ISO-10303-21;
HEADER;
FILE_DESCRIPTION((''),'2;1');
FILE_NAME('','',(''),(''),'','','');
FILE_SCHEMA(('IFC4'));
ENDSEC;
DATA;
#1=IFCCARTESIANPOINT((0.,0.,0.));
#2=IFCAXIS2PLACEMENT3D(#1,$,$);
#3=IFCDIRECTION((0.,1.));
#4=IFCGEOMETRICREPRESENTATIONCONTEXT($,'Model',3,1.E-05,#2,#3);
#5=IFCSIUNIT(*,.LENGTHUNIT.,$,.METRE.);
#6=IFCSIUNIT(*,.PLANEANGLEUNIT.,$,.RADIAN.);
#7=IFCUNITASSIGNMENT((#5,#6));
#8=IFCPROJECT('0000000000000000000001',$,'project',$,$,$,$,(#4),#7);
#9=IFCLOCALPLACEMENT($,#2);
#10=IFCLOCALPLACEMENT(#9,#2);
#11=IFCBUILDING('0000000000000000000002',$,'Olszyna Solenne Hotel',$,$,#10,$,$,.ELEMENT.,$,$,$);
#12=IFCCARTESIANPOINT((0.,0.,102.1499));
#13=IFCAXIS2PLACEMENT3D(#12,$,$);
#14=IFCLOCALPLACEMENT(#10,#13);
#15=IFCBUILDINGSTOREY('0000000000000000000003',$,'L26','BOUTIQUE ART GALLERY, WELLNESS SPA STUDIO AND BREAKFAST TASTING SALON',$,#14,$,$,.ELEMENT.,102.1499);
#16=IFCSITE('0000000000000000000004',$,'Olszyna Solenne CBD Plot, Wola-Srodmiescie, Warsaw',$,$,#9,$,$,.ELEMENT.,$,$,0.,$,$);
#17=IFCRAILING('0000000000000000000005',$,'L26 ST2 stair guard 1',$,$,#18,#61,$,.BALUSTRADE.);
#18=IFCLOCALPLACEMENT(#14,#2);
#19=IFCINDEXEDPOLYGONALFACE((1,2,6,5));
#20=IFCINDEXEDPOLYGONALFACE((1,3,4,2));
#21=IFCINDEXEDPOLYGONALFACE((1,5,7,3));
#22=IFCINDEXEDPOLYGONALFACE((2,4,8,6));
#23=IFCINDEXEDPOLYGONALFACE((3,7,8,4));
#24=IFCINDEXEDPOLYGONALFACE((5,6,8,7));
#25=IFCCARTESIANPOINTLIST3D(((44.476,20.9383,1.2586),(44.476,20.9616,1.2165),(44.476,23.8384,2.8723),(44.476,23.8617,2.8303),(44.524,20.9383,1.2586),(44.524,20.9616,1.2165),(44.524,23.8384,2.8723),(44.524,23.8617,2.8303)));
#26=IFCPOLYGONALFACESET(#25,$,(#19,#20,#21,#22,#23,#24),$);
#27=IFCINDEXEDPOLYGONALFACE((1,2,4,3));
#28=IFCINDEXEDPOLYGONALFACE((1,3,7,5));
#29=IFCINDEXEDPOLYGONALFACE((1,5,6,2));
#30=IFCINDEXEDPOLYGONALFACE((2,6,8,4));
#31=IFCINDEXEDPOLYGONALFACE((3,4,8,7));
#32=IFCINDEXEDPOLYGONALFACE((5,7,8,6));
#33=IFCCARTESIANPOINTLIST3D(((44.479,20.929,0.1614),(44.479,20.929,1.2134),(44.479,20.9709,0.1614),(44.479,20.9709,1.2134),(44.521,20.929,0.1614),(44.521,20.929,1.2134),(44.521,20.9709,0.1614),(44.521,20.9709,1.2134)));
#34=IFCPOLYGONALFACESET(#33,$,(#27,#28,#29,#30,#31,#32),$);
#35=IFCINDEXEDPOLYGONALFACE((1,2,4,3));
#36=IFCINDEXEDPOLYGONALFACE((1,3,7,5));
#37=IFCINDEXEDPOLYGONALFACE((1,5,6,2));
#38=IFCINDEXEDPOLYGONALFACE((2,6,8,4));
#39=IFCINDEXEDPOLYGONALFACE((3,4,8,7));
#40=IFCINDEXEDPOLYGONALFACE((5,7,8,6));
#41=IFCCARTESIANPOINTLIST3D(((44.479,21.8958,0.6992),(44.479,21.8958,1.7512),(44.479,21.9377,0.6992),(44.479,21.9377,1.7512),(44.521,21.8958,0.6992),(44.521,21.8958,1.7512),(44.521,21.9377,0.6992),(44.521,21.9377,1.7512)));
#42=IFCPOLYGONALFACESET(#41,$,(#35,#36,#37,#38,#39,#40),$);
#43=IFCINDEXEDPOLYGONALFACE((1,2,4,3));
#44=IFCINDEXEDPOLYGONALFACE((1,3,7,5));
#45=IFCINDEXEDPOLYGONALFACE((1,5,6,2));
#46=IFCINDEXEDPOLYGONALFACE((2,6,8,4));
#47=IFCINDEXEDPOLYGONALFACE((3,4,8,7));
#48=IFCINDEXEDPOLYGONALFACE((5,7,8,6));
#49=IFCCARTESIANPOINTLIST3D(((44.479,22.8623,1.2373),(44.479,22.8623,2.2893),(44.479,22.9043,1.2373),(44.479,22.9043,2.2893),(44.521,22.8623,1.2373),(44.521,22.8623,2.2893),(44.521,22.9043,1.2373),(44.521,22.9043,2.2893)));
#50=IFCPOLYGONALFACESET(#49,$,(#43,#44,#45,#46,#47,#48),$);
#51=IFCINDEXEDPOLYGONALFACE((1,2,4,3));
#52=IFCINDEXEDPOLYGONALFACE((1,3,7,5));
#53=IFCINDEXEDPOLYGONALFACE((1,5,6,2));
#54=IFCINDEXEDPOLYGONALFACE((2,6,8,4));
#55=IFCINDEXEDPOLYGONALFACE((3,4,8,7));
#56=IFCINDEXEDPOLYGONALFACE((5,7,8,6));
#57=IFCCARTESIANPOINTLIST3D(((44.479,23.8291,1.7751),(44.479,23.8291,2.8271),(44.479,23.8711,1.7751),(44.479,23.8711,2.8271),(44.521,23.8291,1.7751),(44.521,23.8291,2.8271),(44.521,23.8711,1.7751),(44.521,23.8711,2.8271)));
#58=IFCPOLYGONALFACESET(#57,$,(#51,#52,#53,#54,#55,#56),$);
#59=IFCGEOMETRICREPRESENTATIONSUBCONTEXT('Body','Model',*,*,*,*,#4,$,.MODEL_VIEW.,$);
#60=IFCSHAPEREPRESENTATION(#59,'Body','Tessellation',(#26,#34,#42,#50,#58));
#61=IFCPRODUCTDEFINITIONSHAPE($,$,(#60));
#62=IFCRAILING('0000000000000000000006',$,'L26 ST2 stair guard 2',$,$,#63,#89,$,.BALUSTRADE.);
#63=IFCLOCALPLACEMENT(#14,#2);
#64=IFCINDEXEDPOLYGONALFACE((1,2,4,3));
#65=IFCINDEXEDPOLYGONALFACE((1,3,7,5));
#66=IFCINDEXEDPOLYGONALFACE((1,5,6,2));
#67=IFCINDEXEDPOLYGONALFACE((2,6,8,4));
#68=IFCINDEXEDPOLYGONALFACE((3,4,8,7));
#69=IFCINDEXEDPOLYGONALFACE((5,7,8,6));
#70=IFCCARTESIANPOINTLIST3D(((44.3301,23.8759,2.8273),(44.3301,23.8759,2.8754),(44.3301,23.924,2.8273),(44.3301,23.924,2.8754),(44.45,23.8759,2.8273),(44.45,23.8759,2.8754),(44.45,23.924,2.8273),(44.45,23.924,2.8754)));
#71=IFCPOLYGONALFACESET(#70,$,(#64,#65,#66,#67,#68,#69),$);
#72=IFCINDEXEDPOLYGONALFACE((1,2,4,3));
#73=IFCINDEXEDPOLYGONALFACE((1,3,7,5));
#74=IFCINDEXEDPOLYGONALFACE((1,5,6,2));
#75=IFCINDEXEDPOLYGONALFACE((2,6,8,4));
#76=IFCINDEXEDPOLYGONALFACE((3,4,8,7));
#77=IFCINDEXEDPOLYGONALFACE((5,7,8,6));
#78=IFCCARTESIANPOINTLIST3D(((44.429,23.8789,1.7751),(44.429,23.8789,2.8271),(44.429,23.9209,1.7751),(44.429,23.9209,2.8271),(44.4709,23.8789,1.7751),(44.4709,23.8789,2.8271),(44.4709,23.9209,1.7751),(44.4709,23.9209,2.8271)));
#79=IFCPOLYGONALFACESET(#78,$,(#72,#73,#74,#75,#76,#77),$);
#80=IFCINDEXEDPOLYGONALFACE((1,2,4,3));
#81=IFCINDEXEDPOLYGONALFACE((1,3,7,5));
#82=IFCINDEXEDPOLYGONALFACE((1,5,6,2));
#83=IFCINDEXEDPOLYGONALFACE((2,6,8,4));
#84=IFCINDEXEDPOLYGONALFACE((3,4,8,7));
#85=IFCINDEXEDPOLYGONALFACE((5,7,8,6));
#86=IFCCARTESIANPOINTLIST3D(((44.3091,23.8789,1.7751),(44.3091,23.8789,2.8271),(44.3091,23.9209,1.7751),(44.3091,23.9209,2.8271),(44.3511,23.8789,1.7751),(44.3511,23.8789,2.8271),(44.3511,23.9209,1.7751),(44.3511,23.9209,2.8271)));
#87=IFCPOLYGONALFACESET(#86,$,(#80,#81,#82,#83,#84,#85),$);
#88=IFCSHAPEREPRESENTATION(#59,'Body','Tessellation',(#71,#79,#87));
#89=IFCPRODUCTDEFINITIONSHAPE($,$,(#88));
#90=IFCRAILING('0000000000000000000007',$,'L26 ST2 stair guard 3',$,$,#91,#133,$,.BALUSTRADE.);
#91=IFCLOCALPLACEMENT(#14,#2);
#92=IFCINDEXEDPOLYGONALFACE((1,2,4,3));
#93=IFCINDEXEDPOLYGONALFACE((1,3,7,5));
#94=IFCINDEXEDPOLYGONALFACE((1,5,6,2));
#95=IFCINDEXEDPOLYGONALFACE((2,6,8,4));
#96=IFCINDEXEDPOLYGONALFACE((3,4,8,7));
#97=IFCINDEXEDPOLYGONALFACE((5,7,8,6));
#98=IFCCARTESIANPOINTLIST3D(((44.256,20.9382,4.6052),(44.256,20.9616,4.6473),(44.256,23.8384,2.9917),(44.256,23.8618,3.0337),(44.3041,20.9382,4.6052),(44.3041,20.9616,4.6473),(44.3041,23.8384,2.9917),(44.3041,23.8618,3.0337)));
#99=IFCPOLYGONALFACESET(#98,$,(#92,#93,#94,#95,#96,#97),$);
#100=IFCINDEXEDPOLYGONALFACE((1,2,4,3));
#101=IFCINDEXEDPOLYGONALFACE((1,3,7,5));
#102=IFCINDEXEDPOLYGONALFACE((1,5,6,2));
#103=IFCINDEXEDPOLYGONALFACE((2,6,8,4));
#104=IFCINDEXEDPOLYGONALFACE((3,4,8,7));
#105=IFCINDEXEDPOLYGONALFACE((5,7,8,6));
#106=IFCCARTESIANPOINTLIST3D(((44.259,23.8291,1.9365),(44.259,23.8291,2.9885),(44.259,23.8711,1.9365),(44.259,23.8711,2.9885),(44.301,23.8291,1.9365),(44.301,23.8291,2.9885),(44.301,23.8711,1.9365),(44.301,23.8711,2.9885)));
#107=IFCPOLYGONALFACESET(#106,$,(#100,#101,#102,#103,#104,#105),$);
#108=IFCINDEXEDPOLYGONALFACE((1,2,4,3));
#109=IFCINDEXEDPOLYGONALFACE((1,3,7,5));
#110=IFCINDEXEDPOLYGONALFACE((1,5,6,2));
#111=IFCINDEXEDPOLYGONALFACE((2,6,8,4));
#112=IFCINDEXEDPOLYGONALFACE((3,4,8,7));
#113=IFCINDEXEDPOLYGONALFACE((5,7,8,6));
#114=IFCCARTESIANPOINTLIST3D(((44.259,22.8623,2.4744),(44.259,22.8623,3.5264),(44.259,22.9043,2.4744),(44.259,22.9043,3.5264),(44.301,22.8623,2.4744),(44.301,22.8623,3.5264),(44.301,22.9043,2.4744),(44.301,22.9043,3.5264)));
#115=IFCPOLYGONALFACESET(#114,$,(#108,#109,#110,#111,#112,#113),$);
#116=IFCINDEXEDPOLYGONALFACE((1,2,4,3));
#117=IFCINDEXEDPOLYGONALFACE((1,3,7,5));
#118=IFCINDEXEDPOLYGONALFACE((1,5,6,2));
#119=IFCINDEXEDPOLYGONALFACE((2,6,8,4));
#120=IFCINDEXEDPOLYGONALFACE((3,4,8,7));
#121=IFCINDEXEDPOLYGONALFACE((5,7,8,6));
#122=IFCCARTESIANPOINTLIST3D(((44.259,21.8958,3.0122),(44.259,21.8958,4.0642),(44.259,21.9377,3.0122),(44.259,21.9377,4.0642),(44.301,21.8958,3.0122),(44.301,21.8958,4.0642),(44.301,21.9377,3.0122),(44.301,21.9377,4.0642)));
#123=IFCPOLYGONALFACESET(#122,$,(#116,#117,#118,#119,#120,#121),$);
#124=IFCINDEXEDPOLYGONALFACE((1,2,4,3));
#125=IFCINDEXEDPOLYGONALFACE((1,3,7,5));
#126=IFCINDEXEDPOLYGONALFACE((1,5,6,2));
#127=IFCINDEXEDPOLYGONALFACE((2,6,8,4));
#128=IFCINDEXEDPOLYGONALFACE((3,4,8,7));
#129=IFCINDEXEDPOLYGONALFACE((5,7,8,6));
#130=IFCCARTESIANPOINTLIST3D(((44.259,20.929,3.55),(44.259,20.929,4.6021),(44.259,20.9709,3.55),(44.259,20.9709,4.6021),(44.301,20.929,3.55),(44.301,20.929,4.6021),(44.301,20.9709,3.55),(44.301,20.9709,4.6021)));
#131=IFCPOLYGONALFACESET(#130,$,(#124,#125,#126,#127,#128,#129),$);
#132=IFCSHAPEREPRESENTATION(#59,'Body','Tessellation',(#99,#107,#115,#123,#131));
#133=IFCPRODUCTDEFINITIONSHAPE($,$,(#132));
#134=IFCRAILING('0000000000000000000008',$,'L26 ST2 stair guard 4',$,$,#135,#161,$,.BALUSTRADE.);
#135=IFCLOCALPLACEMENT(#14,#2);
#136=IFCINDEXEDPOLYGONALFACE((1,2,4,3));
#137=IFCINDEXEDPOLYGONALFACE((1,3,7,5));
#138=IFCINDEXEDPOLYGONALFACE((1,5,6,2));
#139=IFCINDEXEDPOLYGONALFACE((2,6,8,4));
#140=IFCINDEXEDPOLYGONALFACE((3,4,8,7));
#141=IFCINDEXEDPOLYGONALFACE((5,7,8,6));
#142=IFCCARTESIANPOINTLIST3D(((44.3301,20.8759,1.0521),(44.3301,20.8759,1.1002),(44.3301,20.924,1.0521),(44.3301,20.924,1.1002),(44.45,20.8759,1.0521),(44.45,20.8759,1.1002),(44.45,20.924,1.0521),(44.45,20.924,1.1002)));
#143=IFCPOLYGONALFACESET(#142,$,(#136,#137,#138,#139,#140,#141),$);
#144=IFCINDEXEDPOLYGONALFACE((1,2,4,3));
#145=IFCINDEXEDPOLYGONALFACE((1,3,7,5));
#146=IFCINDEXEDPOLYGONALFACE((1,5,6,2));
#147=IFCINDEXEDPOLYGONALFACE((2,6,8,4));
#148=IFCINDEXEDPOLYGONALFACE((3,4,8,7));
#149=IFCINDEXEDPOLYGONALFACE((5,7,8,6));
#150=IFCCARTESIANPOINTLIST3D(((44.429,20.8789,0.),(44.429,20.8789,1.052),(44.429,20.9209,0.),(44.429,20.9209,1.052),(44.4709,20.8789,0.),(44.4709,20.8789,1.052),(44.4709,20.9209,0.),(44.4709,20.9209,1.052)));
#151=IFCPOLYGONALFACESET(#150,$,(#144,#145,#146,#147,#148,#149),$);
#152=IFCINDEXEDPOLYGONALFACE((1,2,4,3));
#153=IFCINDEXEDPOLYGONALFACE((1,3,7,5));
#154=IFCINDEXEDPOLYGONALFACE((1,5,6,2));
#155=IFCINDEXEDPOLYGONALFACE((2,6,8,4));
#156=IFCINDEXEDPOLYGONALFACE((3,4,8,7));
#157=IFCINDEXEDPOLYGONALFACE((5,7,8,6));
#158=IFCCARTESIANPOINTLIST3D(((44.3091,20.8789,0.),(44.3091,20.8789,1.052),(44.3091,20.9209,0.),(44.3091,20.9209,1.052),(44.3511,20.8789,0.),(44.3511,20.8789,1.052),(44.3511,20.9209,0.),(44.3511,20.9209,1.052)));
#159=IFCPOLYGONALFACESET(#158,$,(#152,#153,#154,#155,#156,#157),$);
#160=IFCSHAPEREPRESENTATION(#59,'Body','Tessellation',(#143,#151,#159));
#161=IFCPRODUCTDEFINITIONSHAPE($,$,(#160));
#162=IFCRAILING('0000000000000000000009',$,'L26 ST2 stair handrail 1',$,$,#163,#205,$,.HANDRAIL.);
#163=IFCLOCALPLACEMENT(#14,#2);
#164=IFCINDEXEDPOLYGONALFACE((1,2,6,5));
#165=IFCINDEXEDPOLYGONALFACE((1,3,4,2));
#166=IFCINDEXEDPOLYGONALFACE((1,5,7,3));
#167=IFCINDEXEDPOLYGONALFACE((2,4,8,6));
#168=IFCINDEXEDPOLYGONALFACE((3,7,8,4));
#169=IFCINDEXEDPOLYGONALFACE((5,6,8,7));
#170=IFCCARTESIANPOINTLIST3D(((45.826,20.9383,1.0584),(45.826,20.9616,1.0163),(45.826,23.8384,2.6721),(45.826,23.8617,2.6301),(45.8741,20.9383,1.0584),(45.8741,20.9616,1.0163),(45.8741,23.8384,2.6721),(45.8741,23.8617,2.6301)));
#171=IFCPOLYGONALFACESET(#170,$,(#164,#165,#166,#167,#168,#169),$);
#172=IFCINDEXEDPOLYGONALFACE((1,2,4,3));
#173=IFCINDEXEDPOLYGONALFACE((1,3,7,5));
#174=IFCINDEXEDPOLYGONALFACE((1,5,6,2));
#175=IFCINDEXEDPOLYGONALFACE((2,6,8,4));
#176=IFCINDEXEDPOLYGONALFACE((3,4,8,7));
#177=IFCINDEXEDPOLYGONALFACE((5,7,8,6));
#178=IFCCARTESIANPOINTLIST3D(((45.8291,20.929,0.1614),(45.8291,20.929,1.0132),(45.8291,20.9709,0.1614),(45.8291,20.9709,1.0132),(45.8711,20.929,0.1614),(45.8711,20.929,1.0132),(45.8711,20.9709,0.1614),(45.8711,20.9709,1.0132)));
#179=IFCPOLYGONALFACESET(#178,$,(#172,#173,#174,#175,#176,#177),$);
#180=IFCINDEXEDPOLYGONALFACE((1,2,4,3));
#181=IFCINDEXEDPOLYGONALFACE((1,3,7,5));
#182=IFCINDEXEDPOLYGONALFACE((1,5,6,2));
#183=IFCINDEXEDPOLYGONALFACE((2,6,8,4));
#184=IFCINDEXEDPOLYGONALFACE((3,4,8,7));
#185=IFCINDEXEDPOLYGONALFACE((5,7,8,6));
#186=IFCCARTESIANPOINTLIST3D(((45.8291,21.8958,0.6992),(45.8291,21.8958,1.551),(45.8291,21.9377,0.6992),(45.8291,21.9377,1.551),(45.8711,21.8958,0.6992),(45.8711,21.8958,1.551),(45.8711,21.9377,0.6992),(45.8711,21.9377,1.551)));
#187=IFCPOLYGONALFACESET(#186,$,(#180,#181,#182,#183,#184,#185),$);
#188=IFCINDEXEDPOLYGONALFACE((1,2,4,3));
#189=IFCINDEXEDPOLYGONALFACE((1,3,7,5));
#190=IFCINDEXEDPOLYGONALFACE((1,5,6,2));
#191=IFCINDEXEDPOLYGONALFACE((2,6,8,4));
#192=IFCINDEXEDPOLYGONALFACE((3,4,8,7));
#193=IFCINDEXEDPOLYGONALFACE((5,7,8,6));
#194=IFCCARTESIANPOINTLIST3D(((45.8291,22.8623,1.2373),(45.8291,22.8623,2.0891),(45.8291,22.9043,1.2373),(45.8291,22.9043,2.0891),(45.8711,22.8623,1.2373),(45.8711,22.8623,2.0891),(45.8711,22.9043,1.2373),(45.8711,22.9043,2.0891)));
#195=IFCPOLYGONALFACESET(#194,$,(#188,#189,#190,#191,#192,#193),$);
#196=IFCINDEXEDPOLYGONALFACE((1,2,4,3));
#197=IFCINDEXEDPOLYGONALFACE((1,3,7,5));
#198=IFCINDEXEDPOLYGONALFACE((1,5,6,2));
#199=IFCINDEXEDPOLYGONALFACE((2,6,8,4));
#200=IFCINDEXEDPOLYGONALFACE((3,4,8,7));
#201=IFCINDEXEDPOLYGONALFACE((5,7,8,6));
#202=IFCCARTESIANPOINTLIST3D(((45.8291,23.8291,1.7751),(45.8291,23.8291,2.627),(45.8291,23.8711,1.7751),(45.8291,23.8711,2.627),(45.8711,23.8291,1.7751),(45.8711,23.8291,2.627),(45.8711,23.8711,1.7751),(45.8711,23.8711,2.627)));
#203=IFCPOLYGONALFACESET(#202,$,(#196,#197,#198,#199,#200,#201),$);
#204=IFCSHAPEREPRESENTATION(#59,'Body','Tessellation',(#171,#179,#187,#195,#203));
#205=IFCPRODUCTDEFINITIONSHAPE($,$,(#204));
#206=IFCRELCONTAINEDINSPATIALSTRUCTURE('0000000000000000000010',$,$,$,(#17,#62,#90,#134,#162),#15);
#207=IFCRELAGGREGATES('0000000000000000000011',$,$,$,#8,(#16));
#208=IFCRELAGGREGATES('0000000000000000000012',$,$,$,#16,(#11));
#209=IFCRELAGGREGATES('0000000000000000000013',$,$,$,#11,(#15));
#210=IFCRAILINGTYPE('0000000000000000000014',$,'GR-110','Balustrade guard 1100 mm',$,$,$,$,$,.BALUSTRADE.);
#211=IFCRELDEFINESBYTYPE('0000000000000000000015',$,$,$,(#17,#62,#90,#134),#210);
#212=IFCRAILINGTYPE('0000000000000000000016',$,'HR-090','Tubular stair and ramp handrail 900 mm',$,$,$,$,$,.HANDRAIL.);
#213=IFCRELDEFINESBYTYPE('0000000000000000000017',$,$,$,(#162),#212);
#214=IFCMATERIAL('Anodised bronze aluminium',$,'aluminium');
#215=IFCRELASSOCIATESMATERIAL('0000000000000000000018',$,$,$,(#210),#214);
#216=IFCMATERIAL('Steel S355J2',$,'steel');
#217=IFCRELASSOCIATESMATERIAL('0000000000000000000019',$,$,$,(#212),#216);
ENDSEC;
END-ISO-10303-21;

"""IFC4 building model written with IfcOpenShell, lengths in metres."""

from ifc_helpers import new_model, si_unit, direction, frame, origin, origin_2d, place, context, subcontext, project, spatial, rectangle, extrude, material, type_object, element, save


model = new_model("IFC4")

# Units and contexts
model_context = context("Model", 3, precision=1e-05, world=origin(), true_north=direction((0.0, 1.0)))
body_context = subcontext(model_context, "Body", "Model", "MODEL_VIEW")
ifc_project = project(units=[si_unit("LENGTHUNIT", "METRE"), si_unit("PLANEANGLEUNIT", "RADIAN")], contexts=[model_context])

# Site, building, storey
site_placement = place(None, origin())
site = spatial("IfcSite", under=ifc_project, at=site_placement, Name="Olszyna Solenne CBD Plot, Wola-Srodmiescie, Warsaw", CompositionType="ELEMENT", RefElevation=0.0)
building_placement = place(site_placement, origin())
building = spatial("IfcBuilding", under=site, at=building_placement, Name="Olszyna Solenne Hotel", CompositionType="ELEMENT")
storey_placement = place(building_placement, frame((0.0, 0.0, 102.1499)))
storey = spatial("IfcBuildingStorey", under=building, at=storey_placement, Name="L26", Description="BOUTIQUE ART GALLERY, WELLNESS SPA STUDIO AND BREAKFAST TASTING SALON", CompositionType="ELEMENT", Elevation=102.1499)

# Shared definitions
ifc_material_1 = material(Name="Steel S355J2", Category="steel")

# Shared definitions
ifc_material_2 = material(Name="Anodised bronze aluminium", Category="aluminium")

# Railings
railing_type_1 = type_object("IfcRailingType", Name="GR-110", Description="Balustrade guard 1100 mm", PredefinedType="BALUSTRADE", material=ifc_material_2)
railing_1_placement = place(storey_placement, frame((44.5, 20.95, 0.1614)))
element("IfcRailing", 1, at=railing_1_placement, inside=storey, type_object=railing_type_1, Name="L26 ST2 stair guard 1", PredefinedType="BALUSTRADE", context=body_context, shape_type="SweptSolid", body=[
    extrude(rectangle(XDim=0.0481, YDim=0.0481, at=origin_2d()), frame((0.0, 0.0, 1.0762), z_axis=(0.0, 0.873827, 0.486236), x_axis=(-1.0, 0.0, 0.0)), (0.0, 0.0, 1.0), 3.3188),
    extrude(rectangle(XDim=0.042, YDim=0.042, at=origin_2d()), origin(), (0.0, 0.0, 1.0), 1.052),
    extrude(rectangle(XDim=0.042, YDim=0.042, at=origin_2d()), frame((0.0, 0.9668, 0.5378)), (0.0, 0.0, 1.0), 1.052),
    extrude(rectangle(XDim=0.042, YDim=0.042, at=origin_2d()), frame((0.0, 1.9333, 1.0759)), (0.0, 0.0, 1.0), 1.052),
    extrude(rectangle(XDim=0.042, YDim=0.042, at=origin_2d()), frame((0.0, 2.9001, 1.6138)), (0.0, 0.0, 1.0), 1.052),
])
railing_2_placement = place(storey_placement, frame((44.45, 23.8999, 1.7751)))
element("IfcRailing", 2, at=railing_2_placement, inside=storey, type_object=railing_type_1, Name="L26 ST2 stair guard 2", PredefinedType="BALUSTRADE", context=body_context, shape_type="SweptSolid", body=[
    extrude(rectangle(XDim=0.0481, YDim=0.0481, at=origin_2d()), frame((0.0, 0.0, 1.0762), z_axis=(-1.0, 0.0, 0.0), x_axis=(0.0, -1.0, 0.0)), (0.0, 0.0, 1.0), 0.1199),
    extrude(rectangle(XDim=0.042, YDim=0.042, at=origin_2d()), origin(), (0.0, 0.0, 1.0), 1.052),
    extrude(rectangle(XDim=0.042, YDim=0.042, at=origin_2d()), frame((-0.1199, 0.0, 0.0)), (0.0, 0.0, 1.0), 1.052),
])
railing_3_placement = place(storey_placement, frame((44.28, 23.8501, 1.9365)))
element("IfcRailing", 3, at=railing_3_placement, inside=storey, type_object=railing_type_1, Name="L26 ST2 stair guard 3", PredefinedType="BALUSTRADE", context=body_context, shape_type="SweptSolid", body=[
    extrude(rectangle(XDim=0.0481, YDim=0.0481, at=origin_2d()), frame((0.0, 0.0, 1.0762), z_axis=(0.0, -0.873859, 0.48618), x_axis=(1.0, 0.0, 0.0)), (0.0, 0.0, 1.0), 3.3188),
    extrude(rectangle(XDim=0.042, YDim=0.042, at=origin_2d()), origin(), (0.0, 0.0, 1.0), 1.052),
    extrude(rectangle(XDim=0.042, YDim=0.042, at=origin_2d()), frame((0.0, -0.9668, 0.5378)), (0.0, 0.0, 1.0), 1.052),
    extrude(rectangle(XDim=0.042, YDim=0.042, at=origin_2d()), frame((0.0, -1.9333, 1.0757)), (0.0, 0.0, 1.0), 1.052),
    extrude(rectangle(XDim=0.042, YDim=0.042, at=origin_2d()), frame((0.0, -2.9001, 1.6135)), (0.0, 0.0, 1.0), 1.052),
])
railing_4_placement = place(storey_placement, frame((44.45, 20.8999, 0.0)))
element("IfcRailing", 4, at=railing_4_placement, inside=storey, type_object=railing_type_1, Name="L26 ST2 stair guard 4", PredefinedType="BALUSTRADE", context=body_context, shape_type="SweptSolid", body=[
    extrude(rectangle(XDim=0.0481, YDim=0.0481, at=origin_2d()), frame((0.0, 0.0, 1.0762), z_axis=(-1.0, 0.0, 0.0), x_axis=(0.0, -1.0, 0.0)), (0.0, 0.0, 1.0), 0.1199),
    extrude(rectangle(XDim=0.042, YDim=0.042, at=origin_2d()), origin(), (0.0, 0.0, 1.0), 1.052),
    extrude(rectangle(XDim=0.042, YDim=0.042, at=origin_2d()), frame((-0.1199, 0.0, 0.0)), (0.0, 0.0, 1.0), 1.052),
])
railing_type_2 = type_object("IfcRailingType", Name="HR-090", Description="Tubular stair and ramp handrail 900 mm", PredefinedType="HANDRAIL", material=ifc_material_1)
railing_5_placement = place(storey_placement, frame((45.8501, 20.95, 0.1614)))
element("IfcRailing", 5, at=railing_5_placement, inside=storey, type_object=railing_type_2, Name="L26 ST2 stair handrail 1", PredefinedType="HANDRAIL", context=body_context, shape_type="SweptSolid", body=[
    extrude(rectangle(XDim=0.0481, YDim=0.0481, at=origin_2d()), frame((0.0, 0.0, 0.876), z_axis=(0.0, 0.873827, 0.486236), x_axis=(-1.0, 0.0, 0.0)), (0.0, 0.0, 1.0), 3.3188),
    extrude(rectangle(XDim=0.042, YDim=0.042, at=origin_2d()), origin(), (0.0, 0.0, 1.0), 0.8518),
    extrude(rectangle(XDim=0.042, YDim=0.042, at=origin_2d()), frame((0.0, 0.9668, 0.5378)), (0.0, 0.0, 1.0), 0.8518),
    extrude(rectangle(XDim=0.042, YDim=0.042, at=origin_2d()), frame((0.0, 1.9333, 1.0759)), (0.0, 0.0, 1.0), 0.8518),
    extrude(rectangle(XDim=0.042, YDim=0.042, at=origin_2d()), frame((0.0, 2.9001, 1.6138)), (0.0, 0.0, 1.0), 0.8518),
])

save(model, "model.ifc")
